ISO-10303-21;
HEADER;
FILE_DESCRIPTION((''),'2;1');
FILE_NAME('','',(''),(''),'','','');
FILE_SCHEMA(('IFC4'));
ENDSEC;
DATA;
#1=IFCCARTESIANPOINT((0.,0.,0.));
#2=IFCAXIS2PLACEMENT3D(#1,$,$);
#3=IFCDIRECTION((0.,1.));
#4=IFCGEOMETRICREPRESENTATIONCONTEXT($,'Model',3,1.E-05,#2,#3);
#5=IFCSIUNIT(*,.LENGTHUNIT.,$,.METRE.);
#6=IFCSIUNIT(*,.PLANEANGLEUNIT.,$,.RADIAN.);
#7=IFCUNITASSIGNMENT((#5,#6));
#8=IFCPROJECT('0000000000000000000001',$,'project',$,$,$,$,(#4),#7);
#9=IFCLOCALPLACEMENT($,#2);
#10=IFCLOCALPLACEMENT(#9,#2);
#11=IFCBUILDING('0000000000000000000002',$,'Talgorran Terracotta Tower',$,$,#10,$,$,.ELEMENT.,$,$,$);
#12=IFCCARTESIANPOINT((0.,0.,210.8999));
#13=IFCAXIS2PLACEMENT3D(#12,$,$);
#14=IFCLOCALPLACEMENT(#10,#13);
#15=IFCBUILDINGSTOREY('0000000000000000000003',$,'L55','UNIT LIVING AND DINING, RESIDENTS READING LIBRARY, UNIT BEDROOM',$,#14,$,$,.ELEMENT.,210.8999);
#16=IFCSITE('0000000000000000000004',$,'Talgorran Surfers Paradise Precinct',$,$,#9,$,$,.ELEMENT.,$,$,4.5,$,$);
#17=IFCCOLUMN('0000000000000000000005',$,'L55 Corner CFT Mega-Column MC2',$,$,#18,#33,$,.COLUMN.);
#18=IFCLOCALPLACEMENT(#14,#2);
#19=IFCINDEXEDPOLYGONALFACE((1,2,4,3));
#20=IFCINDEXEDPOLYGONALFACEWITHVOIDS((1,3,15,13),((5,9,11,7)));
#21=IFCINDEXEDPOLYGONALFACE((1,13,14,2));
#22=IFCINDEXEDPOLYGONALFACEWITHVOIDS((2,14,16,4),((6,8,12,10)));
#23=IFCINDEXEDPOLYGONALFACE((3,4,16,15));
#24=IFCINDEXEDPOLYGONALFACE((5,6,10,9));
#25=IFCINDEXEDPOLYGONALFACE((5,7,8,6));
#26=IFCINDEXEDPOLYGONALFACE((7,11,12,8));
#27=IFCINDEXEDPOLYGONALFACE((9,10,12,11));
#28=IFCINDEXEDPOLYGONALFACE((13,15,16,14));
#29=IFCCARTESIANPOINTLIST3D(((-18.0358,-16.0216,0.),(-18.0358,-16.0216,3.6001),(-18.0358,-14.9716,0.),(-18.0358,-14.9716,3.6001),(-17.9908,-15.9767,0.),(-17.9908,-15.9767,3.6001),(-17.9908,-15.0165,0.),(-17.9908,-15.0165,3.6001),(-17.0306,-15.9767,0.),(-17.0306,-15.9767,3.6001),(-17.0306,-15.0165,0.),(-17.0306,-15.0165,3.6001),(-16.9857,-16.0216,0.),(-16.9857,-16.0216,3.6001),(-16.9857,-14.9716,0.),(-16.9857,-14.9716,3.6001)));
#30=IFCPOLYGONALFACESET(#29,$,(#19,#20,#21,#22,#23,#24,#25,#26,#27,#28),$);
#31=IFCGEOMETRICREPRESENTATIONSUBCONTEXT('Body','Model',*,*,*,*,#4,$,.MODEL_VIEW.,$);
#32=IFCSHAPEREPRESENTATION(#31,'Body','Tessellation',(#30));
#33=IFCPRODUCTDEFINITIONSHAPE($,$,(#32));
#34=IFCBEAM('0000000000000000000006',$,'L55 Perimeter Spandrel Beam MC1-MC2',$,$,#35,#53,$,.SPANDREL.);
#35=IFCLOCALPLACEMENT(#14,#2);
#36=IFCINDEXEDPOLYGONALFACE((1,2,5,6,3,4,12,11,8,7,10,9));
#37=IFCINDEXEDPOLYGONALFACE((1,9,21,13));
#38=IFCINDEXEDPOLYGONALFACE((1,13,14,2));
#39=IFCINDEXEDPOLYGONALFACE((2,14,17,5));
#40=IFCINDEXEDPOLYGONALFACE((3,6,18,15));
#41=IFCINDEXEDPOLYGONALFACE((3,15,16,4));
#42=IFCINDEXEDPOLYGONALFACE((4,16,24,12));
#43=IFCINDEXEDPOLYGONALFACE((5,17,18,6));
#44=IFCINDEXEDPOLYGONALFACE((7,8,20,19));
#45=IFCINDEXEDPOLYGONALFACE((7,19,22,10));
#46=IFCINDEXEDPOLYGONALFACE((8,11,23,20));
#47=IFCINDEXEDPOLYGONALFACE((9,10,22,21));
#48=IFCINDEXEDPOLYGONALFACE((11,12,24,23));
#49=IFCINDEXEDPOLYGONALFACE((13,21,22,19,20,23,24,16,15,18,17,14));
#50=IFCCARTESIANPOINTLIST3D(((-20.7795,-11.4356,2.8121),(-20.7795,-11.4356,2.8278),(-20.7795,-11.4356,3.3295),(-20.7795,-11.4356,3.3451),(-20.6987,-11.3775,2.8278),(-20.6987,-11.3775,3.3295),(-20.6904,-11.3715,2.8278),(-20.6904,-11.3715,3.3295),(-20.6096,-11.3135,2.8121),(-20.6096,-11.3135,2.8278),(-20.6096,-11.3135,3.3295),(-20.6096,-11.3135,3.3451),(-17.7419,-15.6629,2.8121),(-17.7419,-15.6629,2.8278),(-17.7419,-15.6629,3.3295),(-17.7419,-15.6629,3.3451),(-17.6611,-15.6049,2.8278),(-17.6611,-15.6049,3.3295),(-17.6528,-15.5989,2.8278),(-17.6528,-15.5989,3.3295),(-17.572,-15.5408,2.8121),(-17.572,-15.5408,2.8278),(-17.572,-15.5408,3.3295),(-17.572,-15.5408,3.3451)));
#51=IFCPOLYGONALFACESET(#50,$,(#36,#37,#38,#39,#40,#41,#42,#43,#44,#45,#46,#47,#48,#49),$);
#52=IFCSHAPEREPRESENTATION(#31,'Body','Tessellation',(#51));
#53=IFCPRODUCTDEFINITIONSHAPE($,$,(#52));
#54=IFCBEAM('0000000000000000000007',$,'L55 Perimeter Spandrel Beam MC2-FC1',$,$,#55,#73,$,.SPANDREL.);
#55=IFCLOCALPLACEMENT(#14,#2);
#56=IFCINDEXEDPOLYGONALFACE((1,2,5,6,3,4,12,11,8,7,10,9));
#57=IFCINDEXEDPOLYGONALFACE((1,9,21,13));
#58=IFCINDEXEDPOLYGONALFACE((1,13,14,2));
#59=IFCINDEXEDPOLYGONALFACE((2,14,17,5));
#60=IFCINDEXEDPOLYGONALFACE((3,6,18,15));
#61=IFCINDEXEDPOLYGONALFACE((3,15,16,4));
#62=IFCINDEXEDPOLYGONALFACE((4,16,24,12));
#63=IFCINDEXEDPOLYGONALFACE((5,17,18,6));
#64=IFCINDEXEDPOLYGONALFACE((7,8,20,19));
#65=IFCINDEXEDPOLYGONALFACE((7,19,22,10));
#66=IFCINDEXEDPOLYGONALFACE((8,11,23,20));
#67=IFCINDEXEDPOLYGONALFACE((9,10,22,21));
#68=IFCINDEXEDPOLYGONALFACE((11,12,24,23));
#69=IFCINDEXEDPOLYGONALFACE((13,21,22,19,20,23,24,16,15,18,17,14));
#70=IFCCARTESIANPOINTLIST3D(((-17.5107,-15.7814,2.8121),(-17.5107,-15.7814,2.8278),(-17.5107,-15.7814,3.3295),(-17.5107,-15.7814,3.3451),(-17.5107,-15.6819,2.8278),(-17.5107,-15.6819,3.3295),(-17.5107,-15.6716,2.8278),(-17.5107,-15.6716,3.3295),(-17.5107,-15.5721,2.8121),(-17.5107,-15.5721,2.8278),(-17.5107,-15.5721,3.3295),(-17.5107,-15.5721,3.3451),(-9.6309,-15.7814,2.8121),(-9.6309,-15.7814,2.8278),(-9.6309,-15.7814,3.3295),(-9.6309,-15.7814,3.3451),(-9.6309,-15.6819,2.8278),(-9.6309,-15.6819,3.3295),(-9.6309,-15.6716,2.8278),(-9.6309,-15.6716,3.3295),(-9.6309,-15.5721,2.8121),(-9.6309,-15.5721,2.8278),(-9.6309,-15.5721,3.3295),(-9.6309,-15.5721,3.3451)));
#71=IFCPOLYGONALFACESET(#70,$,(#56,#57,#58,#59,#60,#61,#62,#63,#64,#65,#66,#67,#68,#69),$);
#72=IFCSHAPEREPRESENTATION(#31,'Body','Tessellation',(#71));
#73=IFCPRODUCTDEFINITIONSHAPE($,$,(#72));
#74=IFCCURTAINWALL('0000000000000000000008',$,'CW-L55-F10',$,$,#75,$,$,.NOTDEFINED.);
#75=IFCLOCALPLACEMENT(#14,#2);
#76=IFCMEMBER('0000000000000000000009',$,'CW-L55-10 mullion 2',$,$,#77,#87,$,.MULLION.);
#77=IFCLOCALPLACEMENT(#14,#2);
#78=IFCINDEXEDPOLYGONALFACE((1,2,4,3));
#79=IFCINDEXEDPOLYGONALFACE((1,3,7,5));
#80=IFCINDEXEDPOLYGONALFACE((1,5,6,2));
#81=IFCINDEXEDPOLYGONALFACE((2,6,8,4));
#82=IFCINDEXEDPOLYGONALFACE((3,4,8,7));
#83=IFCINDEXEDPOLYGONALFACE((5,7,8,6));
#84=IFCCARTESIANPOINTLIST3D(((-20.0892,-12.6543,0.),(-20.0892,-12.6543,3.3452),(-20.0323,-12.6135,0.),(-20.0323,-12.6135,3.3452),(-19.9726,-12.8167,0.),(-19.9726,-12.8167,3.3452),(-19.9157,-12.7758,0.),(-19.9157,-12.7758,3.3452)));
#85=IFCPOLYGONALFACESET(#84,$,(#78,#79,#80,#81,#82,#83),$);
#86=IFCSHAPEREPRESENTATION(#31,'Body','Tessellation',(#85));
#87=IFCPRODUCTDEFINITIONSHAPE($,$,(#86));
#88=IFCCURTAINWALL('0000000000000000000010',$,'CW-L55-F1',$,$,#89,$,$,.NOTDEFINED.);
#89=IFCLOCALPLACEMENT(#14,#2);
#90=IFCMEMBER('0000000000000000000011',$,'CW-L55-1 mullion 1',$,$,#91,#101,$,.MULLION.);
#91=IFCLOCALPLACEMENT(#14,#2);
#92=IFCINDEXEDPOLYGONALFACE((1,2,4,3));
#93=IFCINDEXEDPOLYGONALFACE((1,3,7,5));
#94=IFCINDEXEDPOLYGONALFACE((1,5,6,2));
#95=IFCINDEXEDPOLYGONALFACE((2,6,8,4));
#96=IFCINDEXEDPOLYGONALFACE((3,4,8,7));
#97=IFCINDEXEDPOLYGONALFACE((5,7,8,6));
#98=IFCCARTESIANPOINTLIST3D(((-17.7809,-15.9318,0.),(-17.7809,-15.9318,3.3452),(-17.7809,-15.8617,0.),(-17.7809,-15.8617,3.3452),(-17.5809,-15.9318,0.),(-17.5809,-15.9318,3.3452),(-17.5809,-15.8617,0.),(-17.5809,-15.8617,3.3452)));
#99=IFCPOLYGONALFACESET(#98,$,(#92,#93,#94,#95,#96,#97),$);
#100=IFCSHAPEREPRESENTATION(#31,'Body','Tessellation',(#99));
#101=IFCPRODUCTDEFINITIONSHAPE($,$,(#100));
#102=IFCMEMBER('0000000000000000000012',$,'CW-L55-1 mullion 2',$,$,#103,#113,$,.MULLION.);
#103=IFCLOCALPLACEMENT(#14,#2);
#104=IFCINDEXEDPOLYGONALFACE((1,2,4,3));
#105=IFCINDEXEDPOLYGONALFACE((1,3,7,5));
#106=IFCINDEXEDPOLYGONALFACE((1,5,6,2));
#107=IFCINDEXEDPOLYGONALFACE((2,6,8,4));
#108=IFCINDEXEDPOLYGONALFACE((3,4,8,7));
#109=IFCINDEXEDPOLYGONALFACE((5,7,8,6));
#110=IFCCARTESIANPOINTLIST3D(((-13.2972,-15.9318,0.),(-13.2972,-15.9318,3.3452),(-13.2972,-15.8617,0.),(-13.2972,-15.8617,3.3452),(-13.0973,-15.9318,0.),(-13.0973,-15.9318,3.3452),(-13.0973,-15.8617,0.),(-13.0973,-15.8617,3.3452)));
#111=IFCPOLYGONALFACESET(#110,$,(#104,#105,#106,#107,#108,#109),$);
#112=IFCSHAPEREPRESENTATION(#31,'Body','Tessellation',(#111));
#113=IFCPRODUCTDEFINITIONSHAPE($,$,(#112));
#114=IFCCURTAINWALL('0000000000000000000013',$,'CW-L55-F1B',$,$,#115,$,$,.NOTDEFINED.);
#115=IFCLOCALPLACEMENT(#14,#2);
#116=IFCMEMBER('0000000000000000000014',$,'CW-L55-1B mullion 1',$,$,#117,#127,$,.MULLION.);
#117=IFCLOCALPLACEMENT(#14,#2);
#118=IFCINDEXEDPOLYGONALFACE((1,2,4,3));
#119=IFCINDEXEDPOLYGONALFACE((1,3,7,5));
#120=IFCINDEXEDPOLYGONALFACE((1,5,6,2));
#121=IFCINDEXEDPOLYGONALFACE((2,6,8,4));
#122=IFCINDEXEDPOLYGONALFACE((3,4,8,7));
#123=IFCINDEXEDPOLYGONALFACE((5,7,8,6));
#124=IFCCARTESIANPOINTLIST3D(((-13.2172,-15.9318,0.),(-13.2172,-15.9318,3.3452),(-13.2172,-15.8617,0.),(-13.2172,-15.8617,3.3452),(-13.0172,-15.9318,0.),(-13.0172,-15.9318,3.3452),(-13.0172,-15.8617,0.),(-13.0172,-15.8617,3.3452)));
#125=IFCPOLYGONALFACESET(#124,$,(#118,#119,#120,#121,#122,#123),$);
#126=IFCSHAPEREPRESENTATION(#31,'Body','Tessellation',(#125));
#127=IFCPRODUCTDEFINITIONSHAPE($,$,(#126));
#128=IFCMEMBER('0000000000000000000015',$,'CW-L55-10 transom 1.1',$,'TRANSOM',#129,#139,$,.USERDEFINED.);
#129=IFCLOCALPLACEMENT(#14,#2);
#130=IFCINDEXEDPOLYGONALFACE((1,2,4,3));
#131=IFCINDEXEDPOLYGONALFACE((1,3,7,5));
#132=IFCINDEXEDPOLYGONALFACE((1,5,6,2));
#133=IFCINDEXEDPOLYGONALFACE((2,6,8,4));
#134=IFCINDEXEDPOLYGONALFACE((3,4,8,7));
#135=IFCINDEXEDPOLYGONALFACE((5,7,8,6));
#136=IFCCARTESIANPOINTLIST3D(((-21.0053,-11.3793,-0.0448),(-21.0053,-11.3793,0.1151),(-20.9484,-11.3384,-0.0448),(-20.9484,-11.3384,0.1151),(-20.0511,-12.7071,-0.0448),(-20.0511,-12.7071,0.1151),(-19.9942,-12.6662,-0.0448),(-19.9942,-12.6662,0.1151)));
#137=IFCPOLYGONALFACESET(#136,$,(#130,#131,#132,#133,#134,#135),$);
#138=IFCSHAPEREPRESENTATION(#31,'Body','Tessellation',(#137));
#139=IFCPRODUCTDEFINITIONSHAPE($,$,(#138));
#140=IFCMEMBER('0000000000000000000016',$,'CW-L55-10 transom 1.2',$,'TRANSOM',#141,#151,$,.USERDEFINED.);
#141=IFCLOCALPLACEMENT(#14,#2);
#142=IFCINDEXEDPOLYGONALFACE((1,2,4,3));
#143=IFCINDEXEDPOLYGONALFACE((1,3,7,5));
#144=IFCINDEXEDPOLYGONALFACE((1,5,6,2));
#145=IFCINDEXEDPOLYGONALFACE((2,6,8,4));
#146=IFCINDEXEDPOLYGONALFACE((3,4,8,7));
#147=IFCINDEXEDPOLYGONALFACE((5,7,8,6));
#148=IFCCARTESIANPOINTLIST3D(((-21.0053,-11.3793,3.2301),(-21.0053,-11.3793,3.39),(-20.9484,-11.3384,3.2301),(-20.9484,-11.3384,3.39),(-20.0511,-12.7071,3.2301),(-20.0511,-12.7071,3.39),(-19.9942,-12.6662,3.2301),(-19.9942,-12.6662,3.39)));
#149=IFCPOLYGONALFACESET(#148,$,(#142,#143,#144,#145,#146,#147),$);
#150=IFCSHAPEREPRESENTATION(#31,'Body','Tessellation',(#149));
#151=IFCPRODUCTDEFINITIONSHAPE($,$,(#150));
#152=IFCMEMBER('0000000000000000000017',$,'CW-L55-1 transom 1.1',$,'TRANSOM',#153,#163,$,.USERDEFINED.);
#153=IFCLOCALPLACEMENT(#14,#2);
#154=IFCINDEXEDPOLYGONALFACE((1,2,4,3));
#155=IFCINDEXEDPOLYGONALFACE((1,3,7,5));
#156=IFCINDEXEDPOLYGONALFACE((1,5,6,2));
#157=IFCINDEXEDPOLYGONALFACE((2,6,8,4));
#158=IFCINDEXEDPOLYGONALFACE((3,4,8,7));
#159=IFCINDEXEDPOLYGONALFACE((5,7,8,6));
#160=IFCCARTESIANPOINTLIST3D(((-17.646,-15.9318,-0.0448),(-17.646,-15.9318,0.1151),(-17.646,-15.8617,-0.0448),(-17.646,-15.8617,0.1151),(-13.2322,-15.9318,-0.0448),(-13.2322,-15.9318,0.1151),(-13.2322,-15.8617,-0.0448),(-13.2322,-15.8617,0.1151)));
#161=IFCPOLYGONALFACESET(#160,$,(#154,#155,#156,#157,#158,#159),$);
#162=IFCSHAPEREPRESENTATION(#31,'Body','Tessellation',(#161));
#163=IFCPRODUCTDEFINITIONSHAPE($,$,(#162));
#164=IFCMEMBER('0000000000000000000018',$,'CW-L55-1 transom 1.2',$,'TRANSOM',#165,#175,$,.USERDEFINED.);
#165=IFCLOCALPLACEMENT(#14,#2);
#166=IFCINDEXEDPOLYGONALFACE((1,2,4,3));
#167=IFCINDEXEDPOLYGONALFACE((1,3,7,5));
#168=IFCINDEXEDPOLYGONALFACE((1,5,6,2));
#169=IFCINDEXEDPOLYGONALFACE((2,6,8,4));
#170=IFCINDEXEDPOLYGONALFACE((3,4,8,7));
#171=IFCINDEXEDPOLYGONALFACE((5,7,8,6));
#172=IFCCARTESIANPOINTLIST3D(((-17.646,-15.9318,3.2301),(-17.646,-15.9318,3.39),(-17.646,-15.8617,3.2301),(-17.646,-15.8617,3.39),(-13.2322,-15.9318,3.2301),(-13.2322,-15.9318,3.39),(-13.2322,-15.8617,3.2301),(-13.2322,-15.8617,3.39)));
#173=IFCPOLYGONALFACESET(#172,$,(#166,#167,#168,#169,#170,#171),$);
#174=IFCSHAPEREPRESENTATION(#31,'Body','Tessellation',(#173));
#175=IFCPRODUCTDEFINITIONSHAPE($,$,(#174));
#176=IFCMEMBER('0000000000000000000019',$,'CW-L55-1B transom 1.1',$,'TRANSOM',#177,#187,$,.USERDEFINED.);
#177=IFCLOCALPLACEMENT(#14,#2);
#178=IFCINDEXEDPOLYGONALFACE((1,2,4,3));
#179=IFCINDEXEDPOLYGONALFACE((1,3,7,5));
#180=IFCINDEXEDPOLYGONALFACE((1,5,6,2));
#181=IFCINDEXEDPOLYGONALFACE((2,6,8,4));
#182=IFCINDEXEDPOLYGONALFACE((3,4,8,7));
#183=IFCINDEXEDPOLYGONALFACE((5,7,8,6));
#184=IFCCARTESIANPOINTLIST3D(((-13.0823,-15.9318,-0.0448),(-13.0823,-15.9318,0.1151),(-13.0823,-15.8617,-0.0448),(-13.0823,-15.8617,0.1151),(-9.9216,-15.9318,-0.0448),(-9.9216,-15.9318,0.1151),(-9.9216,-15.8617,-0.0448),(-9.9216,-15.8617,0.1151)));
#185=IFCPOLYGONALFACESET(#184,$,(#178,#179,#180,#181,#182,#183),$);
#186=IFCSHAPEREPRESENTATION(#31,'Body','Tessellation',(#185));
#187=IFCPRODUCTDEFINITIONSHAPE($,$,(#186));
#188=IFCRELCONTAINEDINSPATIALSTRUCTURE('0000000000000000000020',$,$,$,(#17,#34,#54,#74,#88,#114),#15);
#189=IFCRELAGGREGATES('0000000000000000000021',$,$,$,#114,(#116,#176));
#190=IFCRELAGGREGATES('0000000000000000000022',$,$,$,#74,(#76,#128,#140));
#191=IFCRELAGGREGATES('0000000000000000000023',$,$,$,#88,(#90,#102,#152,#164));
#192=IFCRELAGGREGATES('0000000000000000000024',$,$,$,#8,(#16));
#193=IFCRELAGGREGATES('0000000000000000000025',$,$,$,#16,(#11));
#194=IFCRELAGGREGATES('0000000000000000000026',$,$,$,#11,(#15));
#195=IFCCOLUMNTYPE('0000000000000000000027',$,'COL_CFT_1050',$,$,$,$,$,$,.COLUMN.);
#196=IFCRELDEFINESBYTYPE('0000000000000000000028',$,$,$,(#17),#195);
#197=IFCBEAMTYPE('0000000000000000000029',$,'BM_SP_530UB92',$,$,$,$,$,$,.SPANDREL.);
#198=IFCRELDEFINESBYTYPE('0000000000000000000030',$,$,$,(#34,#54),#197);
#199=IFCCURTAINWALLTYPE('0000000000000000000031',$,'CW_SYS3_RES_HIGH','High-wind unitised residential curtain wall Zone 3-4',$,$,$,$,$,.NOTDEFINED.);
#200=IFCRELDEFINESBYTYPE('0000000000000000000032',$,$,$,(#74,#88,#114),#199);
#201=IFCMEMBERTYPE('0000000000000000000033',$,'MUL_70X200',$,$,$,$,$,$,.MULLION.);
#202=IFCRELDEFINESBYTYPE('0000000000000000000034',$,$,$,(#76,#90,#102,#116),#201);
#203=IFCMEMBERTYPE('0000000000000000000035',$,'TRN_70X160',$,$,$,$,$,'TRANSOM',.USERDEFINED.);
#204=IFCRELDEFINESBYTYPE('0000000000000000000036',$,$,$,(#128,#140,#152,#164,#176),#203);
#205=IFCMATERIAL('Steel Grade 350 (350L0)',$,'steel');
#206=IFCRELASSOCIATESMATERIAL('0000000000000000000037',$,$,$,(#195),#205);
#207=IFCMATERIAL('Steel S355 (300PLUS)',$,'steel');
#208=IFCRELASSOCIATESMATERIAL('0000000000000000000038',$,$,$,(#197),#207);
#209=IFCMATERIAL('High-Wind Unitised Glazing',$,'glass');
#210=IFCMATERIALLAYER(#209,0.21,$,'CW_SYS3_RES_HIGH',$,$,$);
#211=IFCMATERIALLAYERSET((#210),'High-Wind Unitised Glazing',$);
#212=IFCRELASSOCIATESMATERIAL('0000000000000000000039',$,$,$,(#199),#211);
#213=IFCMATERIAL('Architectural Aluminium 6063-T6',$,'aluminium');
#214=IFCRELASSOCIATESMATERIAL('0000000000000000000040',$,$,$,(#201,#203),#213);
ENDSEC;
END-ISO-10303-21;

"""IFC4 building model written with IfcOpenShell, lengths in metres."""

from ifc_helpers import new_model, si_unit, direction, frame, origin, origin_2d, place, context, subcontext, project, spatial, rectangle, hollow_rectangle, i_section, extrude, material, layer, layer_set, material_profile, profile_set, type_object, element, aggregate, save


model = new_model("IFC4")

# Units and contexts
model_context = context("Model", 3, precision=1e-05, world=origin(), true_north=direction((0.0, 1.0)))
body_context = subcontext(model_context, "Body", "Model", "MODEL_VIEW")
ifc_project = project(units=[si_unit("LENGTHUNIT", "METRE"), si_unit("PLANEANGLEUNIT", "RADIAN")], contexts=[model_context])

# Site, building, storey
site_placement = place(None, origin())
site = spatial("IfcSite", under=ifc_project, at=site_placement, Name="Talgorran Surfers Paradise Precinct", CompositionType="ELEMENT", RefElevation=4.5)
building_placement = place(site_placement, origin())
building = spatial("IfcBuilding", under=site, at=building_placement, Name="Talgorran Terracotta Tower", CompositionType="ELEMENT")
storey_placement = place(building_placement, frame((0.0, 0.0, 210.8999)))
storey = spatial("IfcBuildingStorey", under=building, at=storey_placement, Name="L55", Description="UNIT LIVING AND DINING, RESIDENTS READING LIBRARY, UNIT BEDROOM", CompositionType="ELEMENT", Elevation=210.8999)

# Column
ifc_material_1 = material(Name="Steel Grade 350 (350L0)", Category="steel")
ifc_material_profile_1 = material_profile(ifc_material_1, hollow_rectangle(XDim=1.05, YDim=1.05, WallThickness=0.0449, at=origin_2d()), Name="CFT1050X1050X45")
ifc_profile_set_1 = profile_set([ifc_material_profile_1], Name="Steel Grade 350 (350L0)")
column_type = type_object("IfcColumnType", Name="COL_CFT_1050", PredefinedType="COLUMN", material=ifc_profile_set_1)
column_placement = place(storey_placement, frame((-17.5107, -15.4966, 0.0), z_axis=(0.0, 0.0, 1.0), x_axis=(1.0, 0.0, 0.0)))
element("IfcColumn", 1, at=column_placement, inside=storey, type_object=column_type, Name="L55 Corner CFT Mega-Column MC2", PredefinedType="COLUMN", context=body_context, shape_type="SweptSolid", body=[
    extrude(hollow_rectangle(XDim=1.05, YDim=1.05, WallThickness=0.0449, at=origin_2d()), origin(), (0.0, 0.0, 1.0), 3.6001),
])

# Beams
ifc_material_2 = material(Name="Steel S355 (300PLUS)", Category="steel")
ifc_material_profile_2 = material_profile(ifc_material_2, i_section(OverallWidth=0.2092, OverallDepth=0.533, WebThickness=0.0103, FlangeThickness=0.0156, at=origin_2d()), Name="530UB92.4")
ifc_profile_set_2 = profile_set([ifc_material_profile_2], Name="Steel S355 (300PLUS)")
beam_type = type_object("IfcBeamType", Name="BM_SP_530UB92", PredefinedType="SPANDREL", material=ifc_profile_set_2)
beam_1_placement = place(storey_placement, frame((-20.6946, -11.3745, 3.0786), z_axis=(0.583538, -0.812086, 0.0), x_axis=(0.812086, 0.583538, 0.0)))
element("IfcBeam", 2, at=beam_1_placement, inside=storey, type_object=beam_type, Name="L55 Perimeter Spandrel Beam MC1-MC2", PredefinedType="SPANDREL", context=body_context, shape_type="SweptSolid", body=[
    extrude(i_section(OverallWidth=0.2092, OverallDepth=0.533, WebThickness=0.0103, FlangeThickness=0.0156, at=origin_2d()), origin(), (0.0, 0.0, 1.0), 5.2056),
])
beam_2_placement = place(storey_placement, frame((-17.5107, -15.6768, 3.0786), z_axis=(1.0, 0.0, 0.0), x_axis=(0.0, 1.0, 0.0)))
element("IfcBeam", 3, at=beam_2_placement, inside=storey, type_object=beam_type, Name="L55 Perimeter Spandrel Beam MC2-FC1", PredefinedType="SPANDREL", context=body_context, shape_type="SweptSolid", body=[
    extrude(i_section(OverallWidth=0.2092, OverallDepth=0.533, WebThickness=0.0103, FlangeThickness=0.0156, at=origin_2d()), origin(), (0.0, 0.0, 1.0), 7.8799),
])

# Curtain wall, member
ifc_material_3 = material(Name="High-Wind Unitised Glazing", Category="glass")
ifc_layer_1 = layer(ifc_material_3, 0.21, Name="CW_SYS3_RES_HIGH")
ifc_layer_set_1 = layer_set([ifc_layer_1], Name="High-Wind Unitised Glazing")
curtain_wall_type = type_object("IfcCurtainWallType", Name="CW_SYS3_RES_HIGH", Description="High-wind unitised residential curtain wall Zone 3-4", PredefinedType="NOTDEFINED", material=ifc_layer_set_1)
curtain_wall_1_placement = place(storey_placement, origin())
curtain_wall_1 = element("IfcCurtainWall", 4, at=curtain_wall_1_placement, inside=storey, type_object=curtain_wall_type, Name="CW-L55-F10", PredefinedType="NOTDEFINED")
ifc_material_4 = material(Name="Architectural Aluminium 6063-T6", Category="aluminium")
ifc_material_profile_3 = material_profile(ifc_material_4, rectangle(XDim=0.0701, YDim=0.2, at=origin_2d()), Name="CWM70X200")
ifc_profile_set_3 = profile_set([ifc_material_profile_3], Name="Architectural Aluminium 6063-T6")
member_type_1 = type_object("IfcMemberType", Name="MUL_70X200", PredefinedType="MULLION", material=ifc_profile_set_3)
member_1_placement = place(storey_placement, frame((-20.0024, -12.7151, 0.0), z_axis=(0.0, 0.0, 1.0), x_axis=(0.812078, 0.583549, 0.0)))
member_1 = element("IfcMember", 5, at=member_1_placement, type_object=member_type_1, Name="CW-L55-10 mullion 2", PredefinedType="MULLION", context=body_context, shape_type="SweptSolid", body=[
    extrude(rectangle(XDim=0.0701, YDim=0.2, at=origin_2d()), origin(), (0.0, 0.0, 1.0), 3.3452),
])

# Curtain wall, members
curtain_wall_2_placement = place(storey_placement, origin())
curtain_wall_2 = element("IfcCurtainWall", 6, at=curtain_wall_2_placement, inside=storey, type_object=curtain_wall_type, Name="CW-L55-F1", PredefinedType="NOTDEFINED")
member_2_placement = place(storey_placement, frame((-17.6809, -15.8967, 0.0), z_axis=(0.0, 0.0, 1.0), x_axis=(0.0, 1.0, 0.0)))
member_2 = element("IfcMember", 7, at=member_2_placement, type_object=member_type_1, Name="CW-L55-1 mullion 1", PredefinedType="MULLION", context=body_context, shape_type="SweptSolid", body=[
    extrude(rectangle(XDim=0.0701, YDim=0.2, at=origin_2d()), origin(), (0.0, 0.0, 1.0), 3.3452),
])
member_3_placement = place(storey_placement, frame((-13.1973, -15.8967, 0.0), z_axis=(0.0, 0.0, 1.0), x_axis=(0.0, 1.0, 0.0)))
member_3 = element("IfcMember", 8, at=member_3_placement, type_object=member_type_1, Name="CW-L55-1 mullion 2", PredefinedType="MULLION", context=body_context, shape_type="SweptSolid", body=[
    extrude(rectangle(XDim=0.0701, YDim=0.2, at=origin_2d()), origin(), (0.0, 0.0, 1.0), 3.3452),
])

# Curtain wall, member
curtain_wall_3_placement = place(storey_placement, origin())
curtain_wall_3 = element("IfcCurtainWall", 9, at=curtain_wall_3_placement, inside=storey, type_object=curtain_wall_type, Name="CW-L55-F1B", PredefinedType="NOTDEFINED")
member_4_placement = place(storey_placement, frame((-13.1172, -15.8967, 0.0), z_axis=(0.0, 0.0, 1.0), x_axis=(0.0, 1.0, 0.0)))
member_4 = element("IfcMember", 10, at=member_4_placement, type_object=member_type_1, Name="CW-L55-1B mullion 1", PredefinedType="MULLION", context=body_context, shape_type="SweptSolid", body=[
    extrude(rectangle(XDim=0.0701, YDim=0.2, at=origin_2d()), origin(), (0.0, 0.0, 1.0), 3.3452),
])

# Members
ifc_material_profile_4 = material_profile(ifc_material_4, rectangle(XDim=0.0701, YDim=0.1599, at=origin_2d()), Name="CWT70X160")
ifc_profile_set_4 = profile_set([ifc_material_profile_4], Name="Architectural Aluminium 6063-T6")
member_type_2 = type_object("IfcMemberType", Name="TRN_70X160", ElementType="TRANSOM", PredefinedType="USERDEFINED", material=ifc_profile_set_4)
member_5_placement = place(storey_placement, frame((-20.9768, -11.3589, 0.0352), z_axis=(0.583581, -0.812055, 0.0), x_axis=(0.812055, 0.583581, 0.0)))
member_5 = element("IfcMember", 11, at=member_5_placement, type_object=member_type_2, Name="CW-L55-10 transom 1.1", ObjectType="TRANSOM", PredefinedType="USERDEFINED", context=body_context, shape_type="SweptSolid", body=[
    extrude(rectangle(XDim=0.0701, YDim=0.1599, at=origin_2d()), origin(), (0.0, 0.0, 1.0), 1.635),
])
member_6_placement = place(storey_placement, frame((-20.9768, -11.3589, 3.3101), z_axis=(0.583581, -0.812055, 0.0), x_axis=(0.812055, 0.583581, 0.0)))
member_6 = element("IfcMember", 12, at=member_6_placement, type_object=member_type_2, Name="CW-L55-10 transom 1.2", ObjectType="TRANSOM", PredefinedType="USERDEFINED", context=body_context, shape_type="SweptSolid", body=[
    extrude(rectangle(XDim=0.0701, YDim=0.1599, at=origin_2d()), origin(), (0.0, 0.0, 1.0), 1.635),
])
member_7_placement = place(storey_placement, frame((-17.646, -15.8967, 0.0352), z_axis=(1.0, 0.0, 0.0), x_axis=(0.0, 1.0, 0.0)))
member_7 = element("IfcMember", 13, at=member_7_placement, type_object=member_type_2, Name="CW-L55-1 transom 1.1", ObjectType="TRANSOM", PredefinedType="USERDEFINED", context=body_context, shape_type="SweptSolid", body=[
    extrude(rectangle(XDim=0.0701, YDim=0.1599, at=origin_2d()), origin(), (0.0, 0.0, 1.0), 4.4138),
])
member_8_placement = place(storey_placement, frame((-17.646, -15.8967, 3.3101), z_axis=(1.0, 0.0, 0.0), x_axis=(0.0, 1.0, 0.0)))
member_8 = element("IfcMember", 14, at=member_8_placement, type_object=member_type_2, Name="CW-L55-1 transom 1.2", ObjectType="TRANSOM", PredefinedType="USERDEFINED", context=body_context, shape_type="SweptSolid", body=[
    extrude(rectangle(XDim=0.0701, YDim=0.1599, at=origin_2d()), origin(), (0.0, 0.0, 1.0), 4.4138),
])
member_9_placement = place(storey_placement, frame((-13.0823, -15.8967, 0.0352), z_axis=(1.0, 0.0, 0.0), x_axis=(0.0, 1.0, 0.0)))
member_9 = element("IfcMember", 15, at=member_9_placement, type_object=member_type_2, Name="CW-L55-1B transom 1.1", ObjectType="TRANSOM", PredefinedType="USERDEFINED", context=body_context, shape_type="SweptSolid", body=[
    extrude(rectangle(XDim=0.0701, YDim=0.1599, at=origin_2d()), origin(), (0.0, 0.0, 1.0), 3.1606),
])
aggregate(curtain_wall_3, [member_4, member_9])

aggregate(curtain_wall_1, [member_1, member_5, member_6])
aggregate(curtain_wall_2, [member_2, member_3, member_7, member_8])

save(model, "model.ifc")
